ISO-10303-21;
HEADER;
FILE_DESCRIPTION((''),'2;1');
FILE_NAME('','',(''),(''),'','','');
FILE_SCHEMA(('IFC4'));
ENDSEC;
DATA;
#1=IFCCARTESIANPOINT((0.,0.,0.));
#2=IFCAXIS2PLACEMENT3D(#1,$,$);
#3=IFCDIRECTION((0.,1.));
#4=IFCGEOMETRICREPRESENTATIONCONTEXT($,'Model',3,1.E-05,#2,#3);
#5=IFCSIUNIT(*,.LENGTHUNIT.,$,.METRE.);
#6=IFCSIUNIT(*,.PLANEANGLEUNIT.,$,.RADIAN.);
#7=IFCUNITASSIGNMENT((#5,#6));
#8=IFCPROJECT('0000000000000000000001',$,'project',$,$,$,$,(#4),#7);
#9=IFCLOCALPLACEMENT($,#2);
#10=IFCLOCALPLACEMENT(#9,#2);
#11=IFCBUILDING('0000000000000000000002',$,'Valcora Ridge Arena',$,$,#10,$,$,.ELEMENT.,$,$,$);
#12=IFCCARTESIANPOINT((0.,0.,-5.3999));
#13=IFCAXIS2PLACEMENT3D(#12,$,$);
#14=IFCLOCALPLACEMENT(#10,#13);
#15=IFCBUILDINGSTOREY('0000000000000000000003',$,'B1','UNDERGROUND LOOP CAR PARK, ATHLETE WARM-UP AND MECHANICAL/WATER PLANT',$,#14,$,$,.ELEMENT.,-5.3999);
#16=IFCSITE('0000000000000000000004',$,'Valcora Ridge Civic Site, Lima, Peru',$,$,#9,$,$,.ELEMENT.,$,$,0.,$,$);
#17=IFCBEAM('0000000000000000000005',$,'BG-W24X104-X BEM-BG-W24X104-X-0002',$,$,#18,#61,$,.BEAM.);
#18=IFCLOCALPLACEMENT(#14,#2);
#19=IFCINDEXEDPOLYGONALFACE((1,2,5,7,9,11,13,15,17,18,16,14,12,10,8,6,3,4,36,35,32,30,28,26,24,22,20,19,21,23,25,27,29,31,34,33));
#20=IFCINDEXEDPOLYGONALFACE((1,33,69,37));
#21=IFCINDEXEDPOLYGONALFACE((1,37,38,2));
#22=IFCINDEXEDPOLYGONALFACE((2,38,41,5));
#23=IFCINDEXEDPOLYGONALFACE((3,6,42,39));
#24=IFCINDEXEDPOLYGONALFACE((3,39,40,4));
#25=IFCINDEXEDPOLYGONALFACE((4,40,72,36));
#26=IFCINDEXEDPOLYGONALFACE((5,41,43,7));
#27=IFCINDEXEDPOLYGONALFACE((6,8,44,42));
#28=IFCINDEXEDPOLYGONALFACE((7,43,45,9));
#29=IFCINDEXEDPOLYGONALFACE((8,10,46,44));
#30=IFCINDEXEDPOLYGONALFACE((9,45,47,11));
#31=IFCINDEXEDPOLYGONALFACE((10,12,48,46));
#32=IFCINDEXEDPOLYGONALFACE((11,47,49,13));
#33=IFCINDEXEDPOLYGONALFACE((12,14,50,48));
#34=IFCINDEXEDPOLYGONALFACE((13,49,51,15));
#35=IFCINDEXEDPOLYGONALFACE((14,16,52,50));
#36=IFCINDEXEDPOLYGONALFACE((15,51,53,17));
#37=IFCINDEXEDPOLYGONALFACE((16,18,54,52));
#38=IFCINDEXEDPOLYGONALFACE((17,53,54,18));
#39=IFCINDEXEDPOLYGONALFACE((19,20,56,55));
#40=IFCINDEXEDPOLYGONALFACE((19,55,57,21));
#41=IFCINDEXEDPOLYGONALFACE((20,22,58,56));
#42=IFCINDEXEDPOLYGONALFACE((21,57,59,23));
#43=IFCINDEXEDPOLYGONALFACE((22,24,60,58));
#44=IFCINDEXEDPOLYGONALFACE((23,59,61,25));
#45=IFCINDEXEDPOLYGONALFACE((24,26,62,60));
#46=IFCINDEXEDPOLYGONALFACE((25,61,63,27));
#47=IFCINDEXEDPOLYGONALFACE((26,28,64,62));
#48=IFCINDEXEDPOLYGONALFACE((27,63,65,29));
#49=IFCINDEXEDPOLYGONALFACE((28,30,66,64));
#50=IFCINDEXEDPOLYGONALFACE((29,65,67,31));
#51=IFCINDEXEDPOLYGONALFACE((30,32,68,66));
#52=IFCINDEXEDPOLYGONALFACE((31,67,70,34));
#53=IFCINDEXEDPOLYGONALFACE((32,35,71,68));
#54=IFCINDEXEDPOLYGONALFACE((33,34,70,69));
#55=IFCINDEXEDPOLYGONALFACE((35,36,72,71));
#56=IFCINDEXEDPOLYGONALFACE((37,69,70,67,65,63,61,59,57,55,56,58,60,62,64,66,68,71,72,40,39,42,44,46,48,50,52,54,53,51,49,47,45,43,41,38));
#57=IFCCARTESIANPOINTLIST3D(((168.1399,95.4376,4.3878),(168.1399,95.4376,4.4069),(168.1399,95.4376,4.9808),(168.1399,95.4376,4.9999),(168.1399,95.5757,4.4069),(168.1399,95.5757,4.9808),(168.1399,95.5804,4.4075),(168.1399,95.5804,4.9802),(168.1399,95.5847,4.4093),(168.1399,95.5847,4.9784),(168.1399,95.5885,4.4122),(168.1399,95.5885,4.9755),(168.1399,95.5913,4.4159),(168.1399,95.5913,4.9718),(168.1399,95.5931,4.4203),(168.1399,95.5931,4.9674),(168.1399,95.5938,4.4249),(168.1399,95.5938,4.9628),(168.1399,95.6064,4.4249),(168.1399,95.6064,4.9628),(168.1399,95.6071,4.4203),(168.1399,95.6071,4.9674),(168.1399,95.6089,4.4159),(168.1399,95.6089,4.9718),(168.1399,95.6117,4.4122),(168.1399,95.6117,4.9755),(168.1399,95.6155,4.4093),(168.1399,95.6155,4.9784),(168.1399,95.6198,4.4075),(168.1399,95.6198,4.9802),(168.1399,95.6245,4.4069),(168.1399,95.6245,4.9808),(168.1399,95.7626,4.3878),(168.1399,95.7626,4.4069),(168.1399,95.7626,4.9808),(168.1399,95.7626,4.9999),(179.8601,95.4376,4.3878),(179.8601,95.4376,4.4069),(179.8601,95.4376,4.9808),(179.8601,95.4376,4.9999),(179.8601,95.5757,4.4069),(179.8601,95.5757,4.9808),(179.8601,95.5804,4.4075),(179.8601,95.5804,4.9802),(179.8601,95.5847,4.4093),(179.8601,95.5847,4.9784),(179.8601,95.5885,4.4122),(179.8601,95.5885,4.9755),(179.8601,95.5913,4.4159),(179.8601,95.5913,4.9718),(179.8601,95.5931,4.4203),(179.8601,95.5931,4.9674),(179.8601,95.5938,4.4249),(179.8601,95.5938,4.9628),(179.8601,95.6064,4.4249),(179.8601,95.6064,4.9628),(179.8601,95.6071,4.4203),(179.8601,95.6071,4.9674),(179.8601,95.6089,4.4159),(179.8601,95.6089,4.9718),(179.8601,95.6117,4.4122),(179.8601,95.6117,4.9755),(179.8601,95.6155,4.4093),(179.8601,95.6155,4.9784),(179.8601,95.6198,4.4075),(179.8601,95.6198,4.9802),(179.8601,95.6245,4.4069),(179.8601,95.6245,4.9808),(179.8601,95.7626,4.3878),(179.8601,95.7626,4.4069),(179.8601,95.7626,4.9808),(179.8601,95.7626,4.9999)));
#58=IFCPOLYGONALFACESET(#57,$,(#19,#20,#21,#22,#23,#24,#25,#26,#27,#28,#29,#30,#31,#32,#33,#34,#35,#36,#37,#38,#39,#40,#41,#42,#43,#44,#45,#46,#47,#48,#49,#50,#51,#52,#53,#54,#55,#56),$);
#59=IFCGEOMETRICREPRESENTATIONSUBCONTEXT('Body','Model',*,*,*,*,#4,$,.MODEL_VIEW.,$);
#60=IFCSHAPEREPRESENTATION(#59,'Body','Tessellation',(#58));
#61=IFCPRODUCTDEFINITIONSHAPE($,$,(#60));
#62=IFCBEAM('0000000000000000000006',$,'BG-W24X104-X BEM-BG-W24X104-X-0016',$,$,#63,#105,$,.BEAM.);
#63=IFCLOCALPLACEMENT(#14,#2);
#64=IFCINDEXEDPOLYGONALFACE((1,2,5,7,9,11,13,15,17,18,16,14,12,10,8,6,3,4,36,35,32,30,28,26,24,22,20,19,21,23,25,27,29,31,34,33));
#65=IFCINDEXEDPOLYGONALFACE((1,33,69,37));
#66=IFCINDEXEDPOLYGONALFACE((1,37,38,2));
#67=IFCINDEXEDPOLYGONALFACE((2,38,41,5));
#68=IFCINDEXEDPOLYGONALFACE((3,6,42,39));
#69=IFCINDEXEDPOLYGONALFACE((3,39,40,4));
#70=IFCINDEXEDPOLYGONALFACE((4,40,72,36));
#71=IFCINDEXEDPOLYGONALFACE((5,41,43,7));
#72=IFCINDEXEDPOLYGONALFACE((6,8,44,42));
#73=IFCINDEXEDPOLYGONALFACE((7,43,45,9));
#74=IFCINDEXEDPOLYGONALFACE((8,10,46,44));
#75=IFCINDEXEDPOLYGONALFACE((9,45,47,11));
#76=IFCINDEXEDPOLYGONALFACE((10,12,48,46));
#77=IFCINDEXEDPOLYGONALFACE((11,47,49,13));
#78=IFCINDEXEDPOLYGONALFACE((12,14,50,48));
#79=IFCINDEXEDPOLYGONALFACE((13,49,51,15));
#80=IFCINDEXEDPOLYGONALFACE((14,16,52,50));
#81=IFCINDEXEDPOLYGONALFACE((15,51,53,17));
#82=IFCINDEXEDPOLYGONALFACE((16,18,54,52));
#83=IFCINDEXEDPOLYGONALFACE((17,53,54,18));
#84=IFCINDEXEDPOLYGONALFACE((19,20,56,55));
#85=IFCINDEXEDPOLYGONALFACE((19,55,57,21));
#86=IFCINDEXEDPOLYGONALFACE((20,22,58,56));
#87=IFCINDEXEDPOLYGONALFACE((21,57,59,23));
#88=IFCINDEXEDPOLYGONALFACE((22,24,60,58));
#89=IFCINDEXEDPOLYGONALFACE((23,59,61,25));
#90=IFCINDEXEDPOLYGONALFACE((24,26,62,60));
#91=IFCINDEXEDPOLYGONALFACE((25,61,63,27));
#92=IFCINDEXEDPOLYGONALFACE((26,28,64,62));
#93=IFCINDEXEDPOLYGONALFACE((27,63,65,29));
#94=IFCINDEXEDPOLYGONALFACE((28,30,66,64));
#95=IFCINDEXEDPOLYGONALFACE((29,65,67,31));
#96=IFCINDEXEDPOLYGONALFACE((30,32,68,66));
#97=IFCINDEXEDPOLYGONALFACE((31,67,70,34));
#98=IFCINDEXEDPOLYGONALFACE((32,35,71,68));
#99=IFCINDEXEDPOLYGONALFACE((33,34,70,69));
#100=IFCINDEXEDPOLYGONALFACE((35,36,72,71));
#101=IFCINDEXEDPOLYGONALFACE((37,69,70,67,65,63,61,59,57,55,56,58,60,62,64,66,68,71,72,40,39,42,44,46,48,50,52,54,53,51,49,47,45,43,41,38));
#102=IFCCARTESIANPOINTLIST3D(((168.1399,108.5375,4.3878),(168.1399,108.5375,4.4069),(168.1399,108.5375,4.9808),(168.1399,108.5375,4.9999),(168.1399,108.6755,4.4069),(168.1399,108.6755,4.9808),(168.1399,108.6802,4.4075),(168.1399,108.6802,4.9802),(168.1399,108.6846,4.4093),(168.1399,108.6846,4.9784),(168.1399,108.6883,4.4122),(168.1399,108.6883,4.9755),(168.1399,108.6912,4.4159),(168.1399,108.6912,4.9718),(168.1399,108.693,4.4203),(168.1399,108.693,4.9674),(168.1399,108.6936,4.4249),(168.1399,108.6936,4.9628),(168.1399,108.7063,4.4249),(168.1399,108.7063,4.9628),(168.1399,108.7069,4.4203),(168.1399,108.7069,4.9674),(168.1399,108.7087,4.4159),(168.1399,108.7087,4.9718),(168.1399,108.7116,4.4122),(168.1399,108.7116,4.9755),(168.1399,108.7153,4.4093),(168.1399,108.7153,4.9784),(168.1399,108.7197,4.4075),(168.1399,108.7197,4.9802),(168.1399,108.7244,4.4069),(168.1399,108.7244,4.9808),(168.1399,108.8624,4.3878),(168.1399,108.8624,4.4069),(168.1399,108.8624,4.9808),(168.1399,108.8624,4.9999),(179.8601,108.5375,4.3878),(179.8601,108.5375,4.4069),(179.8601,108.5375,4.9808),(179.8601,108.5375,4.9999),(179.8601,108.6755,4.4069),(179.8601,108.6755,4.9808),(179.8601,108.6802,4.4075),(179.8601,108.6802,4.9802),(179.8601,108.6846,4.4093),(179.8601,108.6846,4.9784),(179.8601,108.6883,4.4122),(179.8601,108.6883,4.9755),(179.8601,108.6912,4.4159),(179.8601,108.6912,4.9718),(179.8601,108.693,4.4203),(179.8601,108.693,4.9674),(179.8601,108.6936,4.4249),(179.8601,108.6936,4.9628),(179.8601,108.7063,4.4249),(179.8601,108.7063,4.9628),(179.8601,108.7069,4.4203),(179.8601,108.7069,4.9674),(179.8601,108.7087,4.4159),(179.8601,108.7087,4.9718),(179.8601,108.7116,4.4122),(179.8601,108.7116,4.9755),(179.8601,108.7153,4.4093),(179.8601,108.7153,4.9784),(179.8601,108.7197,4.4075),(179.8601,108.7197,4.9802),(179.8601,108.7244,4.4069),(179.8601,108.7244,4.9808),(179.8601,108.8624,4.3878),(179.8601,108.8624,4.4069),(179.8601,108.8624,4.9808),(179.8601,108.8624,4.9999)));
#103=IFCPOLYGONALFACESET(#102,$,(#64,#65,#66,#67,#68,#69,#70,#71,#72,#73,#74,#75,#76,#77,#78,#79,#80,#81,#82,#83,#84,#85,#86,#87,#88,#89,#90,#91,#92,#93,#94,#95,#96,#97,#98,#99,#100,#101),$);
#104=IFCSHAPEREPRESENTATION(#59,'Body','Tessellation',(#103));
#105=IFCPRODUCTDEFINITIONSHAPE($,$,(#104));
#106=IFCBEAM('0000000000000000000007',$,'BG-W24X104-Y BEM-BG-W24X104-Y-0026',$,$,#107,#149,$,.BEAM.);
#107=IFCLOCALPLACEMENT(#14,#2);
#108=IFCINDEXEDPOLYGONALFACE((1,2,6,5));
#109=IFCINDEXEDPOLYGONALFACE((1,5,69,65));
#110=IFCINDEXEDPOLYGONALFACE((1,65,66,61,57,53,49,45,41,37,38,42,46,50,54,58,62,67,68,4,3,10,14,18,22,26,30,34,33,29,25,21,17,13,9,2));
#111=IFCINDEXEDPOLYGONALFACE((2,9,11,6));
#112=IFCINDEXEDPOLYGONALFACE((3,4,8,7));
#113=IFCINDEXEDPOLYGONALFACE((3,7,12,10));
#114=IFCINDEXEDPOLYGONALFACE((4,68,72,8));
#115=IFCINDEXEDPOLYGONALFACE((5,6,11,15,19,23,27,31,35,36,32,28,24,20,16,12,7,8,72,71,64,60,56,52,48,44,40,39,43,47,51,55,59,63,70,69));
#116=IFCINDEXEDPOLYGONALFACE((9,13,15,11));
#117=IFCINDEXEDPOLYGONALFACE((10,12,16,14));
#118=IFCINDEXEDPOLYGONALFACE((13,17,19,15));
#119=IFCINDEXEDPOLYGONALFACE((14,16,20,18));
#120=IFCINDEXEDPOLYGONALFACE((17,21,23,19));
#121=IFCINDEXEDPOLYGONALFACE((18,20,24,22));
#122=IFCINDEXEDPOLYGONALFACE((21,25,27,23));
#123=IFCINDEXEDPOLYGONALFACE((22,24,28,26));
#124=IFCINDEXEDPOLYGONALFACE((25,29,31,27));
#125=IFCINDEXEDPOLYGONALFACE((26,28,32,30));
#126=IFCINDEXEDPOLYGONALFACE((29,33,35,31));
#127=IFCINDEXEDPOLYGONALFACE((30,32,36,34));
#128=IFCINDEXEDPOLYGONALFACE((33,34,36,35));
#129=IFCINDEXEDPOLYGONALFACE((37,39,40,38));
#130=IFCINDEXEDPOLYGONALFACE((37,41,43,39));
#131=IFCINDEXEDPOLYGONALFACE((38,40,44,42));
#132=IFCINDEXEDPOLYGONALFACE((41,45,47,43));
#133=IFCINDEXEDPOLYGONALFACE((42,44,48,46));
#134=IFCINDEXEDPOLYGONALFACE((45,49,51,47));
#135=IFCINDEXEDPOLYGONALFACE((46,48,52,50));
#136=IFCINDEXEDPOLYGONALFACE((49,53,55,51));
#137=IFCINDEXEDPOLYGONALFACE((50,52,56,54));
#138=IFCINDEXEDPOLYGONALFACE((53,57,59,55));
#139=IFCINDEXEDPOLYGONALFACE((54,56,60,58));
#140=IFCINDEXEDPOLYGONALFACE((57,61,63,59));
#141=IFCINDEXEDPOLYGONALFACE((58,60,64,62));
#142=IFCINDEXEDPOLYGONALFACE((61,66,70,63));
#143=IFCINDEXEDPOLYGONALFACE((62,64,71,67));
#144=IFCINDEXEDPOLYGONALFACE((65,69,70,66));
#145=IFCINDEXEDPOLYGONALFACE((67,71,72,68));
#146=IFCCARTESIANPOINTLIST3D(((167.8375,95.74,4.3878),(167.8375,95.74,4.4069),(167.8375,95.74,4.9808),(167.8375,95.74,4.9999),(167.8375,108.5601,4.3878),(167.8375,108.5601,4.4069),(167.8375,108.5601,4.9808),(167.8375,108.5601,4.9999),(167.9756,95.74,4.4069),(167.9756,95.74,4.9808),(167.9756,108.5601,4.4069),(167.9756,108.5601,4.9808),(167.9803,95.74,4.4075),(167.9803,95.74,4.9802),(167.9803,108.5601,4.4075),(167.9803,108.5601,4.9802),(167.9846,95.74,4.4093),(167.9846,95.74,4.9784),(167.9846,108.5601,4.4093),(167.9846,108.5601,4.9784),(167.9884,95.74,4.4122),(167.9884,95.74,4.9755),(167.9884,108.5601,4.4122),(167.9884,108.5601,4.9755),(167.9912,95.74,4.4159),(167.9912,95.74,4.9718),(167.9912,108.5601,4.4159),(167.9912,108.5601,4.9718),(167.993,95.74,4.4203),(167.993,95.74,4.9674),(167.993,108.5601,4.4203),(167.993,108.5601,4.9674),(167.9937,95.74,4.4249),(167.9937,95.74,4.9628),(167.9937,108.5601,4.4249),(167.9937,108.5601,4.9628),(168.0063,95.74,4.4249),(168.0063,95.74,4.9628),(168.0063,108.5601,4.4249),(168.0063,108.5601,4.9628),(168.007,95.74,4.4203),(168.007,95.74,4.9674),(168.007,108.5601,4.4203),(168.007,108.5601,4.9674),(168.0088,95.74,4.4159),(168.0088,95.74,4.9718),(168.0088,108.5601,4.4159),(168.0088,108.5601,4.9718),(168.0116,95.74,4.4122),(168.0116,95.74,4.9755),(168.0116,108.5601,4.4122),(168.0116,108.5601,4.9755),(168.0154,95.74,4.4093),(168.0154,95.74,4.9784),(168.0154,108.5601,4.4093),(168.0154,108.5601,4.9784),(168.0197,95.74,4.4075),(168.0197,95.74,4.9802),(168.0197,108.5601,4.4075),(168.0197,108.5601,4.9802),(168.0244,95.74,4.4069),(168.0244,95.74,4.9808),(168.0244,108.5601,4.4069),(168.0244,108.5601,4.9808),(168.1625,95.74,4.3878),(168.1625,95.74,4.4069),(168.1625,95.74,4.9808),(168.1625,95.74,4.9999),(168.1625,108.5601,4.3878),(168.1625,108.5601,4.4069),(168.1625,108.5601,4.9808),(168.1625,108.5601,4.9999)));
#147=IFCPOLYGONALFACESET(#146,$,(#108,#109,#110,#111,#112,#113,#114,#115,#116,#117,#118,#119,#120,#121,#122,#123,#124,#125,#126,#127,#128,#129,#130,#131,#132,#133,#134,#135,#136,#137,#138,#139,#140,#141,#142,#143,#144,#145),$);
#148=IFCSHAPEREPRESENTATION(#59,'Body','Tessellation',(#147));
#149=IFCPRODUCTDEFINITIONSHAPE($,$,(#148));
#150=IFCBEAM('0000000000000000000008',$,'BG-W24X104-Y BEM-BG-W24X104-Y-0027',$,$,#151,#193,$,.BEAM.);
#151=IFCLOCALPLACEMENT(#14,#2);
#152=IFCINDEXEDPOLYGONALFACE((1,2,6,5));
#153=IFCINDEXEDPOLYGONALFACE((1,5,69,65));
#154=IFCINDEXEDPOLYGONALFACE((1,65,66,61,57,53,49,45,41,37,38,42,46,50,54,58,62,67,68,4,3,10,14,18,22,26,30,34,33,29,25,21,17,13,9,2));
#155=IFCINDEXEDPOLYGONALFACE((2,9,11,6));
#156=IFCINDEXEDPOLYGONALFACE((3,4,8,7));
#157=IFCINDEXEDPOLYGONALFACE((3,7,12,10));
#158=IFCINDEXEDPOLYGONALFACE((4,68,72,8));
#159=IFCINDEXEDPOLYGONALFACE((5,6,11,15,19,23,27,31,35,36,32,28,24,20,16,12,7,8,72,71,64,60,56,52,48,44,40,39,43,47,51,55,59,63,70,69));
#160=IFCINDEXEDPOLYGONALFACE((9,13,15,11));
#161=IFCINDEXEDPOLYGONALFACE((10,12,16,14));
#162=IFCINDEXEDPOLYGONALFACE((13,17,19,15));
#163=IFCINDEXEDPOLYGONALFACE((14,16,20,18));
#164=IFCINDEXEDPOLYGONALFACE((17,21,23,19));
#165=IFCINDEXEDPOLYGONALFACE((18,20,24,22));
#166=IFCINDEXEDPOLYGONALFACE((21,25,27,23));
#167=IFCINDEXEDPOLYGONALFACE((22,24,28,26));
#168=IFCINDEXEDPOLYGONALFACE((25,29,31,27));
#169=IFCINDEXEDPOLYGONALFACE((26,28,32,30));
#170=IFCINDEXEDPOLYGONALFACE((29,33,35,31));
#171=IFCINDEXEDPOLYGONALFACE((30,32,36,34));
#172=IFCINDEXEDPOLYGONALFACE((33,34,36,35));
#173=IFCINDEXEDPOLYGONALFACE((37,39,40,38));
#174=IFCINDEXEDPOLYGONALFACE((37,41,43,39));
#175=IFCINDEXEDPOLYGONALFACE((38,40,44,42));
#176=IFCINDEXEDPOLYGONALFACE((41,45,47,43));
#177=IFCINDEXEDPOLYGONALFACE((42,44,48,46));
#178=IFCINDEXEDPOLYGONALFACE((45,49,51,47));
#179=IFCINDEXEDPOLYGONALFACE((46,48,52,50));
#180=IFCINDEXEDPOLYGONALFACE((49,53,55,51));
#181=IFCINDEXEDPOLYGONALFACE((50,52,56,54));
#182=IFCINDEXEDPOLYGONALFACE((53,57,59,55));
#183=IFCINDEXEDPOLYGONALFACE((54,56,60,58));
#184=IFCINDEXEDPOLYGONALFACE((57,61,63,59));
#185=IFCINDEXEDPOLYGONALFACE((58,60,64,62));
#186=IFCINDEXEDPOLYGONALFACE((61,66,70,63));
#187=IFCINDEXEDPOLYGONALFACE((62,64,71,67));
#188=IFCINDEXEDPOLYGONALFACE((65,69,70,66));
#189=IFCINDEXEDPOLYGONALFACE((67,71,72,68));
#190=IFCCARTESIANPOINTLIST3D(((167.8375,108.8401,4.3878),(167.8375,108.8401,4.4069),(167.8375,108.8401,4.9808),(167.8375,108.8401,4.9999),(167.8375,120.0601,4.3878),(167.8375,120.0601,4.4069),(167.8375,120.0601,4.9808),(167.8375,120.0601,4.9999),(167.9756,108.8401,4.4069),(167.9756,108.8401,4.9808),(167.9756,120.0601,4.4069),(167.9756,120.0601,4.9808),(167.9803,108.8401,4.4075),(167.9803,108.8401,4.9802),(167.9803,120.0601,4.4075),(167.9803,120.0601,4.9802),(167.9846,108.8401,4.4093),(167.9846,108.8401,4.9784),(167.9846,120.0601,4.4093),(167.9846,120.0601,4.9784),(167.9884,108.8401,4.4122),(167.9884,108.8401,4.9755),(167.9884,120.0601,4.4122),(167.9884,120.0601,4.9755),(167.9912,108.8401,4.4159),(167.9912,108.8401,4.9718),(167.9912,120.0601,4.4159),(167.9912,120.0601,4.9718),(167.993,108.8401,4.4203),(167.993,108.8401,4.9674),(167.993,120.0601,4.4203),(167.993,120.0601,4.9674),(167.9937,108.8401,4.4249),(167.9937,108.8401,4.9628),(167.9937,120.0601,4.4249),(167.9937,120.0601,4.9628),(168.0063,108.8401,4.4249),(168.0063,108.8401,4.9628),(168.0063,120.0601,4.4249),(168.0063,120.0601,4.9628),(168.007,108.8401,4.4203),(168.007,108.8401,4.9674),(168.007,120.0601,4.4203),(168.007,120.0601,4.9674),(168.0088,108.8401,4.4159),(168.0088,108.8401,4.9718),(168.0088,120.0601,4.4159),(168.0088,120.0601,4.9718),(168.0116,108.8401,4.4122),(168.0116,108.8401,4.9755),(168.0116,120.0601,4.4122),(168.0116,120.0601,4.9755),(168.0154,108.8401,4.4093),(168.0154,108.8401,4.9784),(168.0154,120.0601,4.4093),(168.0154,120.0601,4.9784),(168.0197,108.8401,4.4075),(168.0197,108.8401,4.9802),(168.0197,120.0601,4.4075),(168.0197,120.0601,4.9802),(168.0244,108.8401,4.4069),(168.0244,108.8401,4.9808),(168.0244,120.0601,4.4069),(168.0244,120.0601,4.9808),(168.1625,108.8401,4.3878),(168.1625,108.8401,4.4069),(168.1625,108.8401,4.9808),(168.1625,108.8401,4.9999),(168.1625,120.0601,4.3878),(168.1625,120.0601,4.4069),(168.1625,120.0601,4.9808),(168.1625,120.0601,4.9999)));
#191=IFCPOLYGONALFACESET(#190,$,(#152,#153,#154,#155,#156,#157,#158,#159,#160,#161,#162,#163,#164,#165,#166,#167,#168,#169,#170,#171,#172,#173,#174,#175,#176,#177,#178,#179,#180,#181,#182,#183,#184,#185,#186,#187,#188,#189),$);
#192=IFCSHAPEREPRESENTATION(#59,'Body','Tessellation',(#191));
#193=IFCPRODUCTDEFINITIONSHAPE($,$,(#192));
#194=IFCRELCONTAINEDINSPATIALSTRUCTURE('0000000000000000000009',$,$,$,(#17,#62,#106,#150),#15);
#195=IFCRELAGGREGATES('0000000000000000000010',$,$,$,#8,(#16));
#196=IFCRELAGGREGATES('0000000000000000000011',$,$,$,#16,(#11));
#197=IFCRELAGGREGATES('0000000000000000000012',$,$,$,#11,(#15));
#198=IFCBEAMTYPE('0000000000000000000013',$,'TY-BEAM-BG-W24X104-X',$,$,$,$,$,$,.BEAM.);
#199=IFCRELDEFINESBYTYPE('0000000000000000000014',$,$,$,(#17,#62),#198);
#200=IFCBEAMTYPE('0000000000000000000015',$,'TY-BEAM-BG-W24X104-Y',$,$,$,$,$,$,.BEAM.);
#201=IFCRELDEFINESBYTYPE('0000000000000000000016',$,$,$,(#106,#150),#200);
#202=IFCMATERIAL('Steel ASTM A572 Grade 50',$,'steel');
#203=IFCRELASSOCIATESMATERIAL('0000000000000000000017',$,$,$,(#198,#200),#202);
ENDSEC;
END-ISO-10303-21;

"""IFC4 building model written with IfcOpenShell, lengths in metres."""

from ifc_helpers import new_model, si_unit, direction, frame, origin, origin_2d, place, context, subcontext, project, spatial, i_section, extrude, material, material_profile, profile_set, type_object, element, save


model = new_model("IFC4")

# Units and contexts
model_context = context("Model", 3, precision=1e-05, world=origin(), true_north=direction((0.0, 1.0)))
body_context = subcontext(model_context, "Body", "Model", "MODEL_VIEW")
ifc_project = project(units=[si_unit("LENGTHUNIT", "METRE"), si_unit("PLANEANGLEUNIT", "RADIAN")], contexts=[model_context])

# Site, building, storey
site_placement = place(None, origin())
site = spatial("IfcSite", under=ifc_project, at=site_placement, Name="Valcora Ridge Civic Site, Lima, Peru", CompositionType="ELEMENT", RefElevation=0.0)
building_placement = place(site_placement, origin())
building = spatial("IfcBuilding", under=site, at=building_placement, Name="Valcora Ridge Arena", CompositionType="ELEMENT")
storey_placement = place(building_placement, frame((0.0, 0.0, -5.3999)))
storey = spatial("IfcBuildingStorey", under=building, at=storey_placement, Name="B1", Description="UNDERGROUND LOOP CAR PARK, ATHLETE WARM-UP AND MECHANICAL/WATER PLANT", CompositionType="ELEMENT", Elevation=-5.3999)

# Beams
ifc_material_1 = material(Name="Steel ASTM A572 Grade 50", Category="steel")
ifc_material_profile_1 = material_profile(ifc_material_1, i_section(OverallWidth=0.325, OverallDepth=0.6121, WebThickness=0.0127, FlangeThickness=0.019, FilletRadius=0.0181, at=origin_2d()), Name="W24X104")
ifc_profile_set_1 = profile_set([ifc_material_profile_1], Name="Steel ASTM A572 Grade 50")
beam_type_1 = type_object("IfcBeamType", Name="TY-BEAM-BG-W24X104-X", PredefinedType="BEAM", material=ifc_profile_set_1)
for number, where, z_axis, x_axis, name in (
    (1, (168.1399, 95.6001, 4.6938), (1.0, 0.0, 0.0), (0.0, 1.0, 0.0), "BG-W24X104-X BEM-BG-W24X104-X-0002"),
    (2, (168.1399, 108.7, 4.6938), (1.0, 0.0, 0.0), (0.0, 1.0, 0.0), "BG-W24X104-X BEM-BG-W24X104-X-0016"),
):
    element("IfcBeam", number, at=place(storey_placement, frame(where, z_axis=z_axis, x_axis=x_axis)), inside=storey, type_object=beam_type_1, Name=name, PredefinedType="BEAM", context=body_context, shape_type="SweptSolid", body=[
        extrude(i_section(OverallWidth=0.325, OverallDepth=0.6121, WebThickness=0.0127, FlangeThickness=0.019, FilletRadius=0.0181, at=origin_2d()), origin(), (0.0, 0.0, 1.0), 11.7202),
    ])
ifc_material_profile_2 = material_profile(ifc_material_1, i_section(OverallWidth=0.325, OverallDepth=0.6121, WebThickness=0.0127, FlangeThickness=0.019, FilletRadius=0.0181, at=origin_2d()), Name="W24X104")
ifc_profile_set_2 = profile_set([ifc_material_profile_2], Name="Steel ASTM A572 Grade 50")
beam_type_2 = type_object("IfcBeamType", Name="TY-BEAM-BG-W24X104-Y", PredefinedType="BEAM", material=ifc_profile_set_2)
beam_1_placement = place(storey_placement, frame((168.0, 95.74, 4.6938), z_axis=(0.0, 1.0, 0.0), x_axis=(-1.0, 0.0, 0.0)))
element("IfcBeam", 3, at=beam_1_placement, inside=storey, type_object=beam_type_2, Name="BG-W24X104-Y BEM-BG-W24X104-Y-0026", PredefinedType="BEAM", context=body_context, shape_type="SweptSolid", body=[
    extrude(i_section(OverallWidth=0.325, OverallDepth=0.6121, WebThickness=0.0127, FlangeThickness=0.019, FilletRadius=0.0181, at=origin_2d()), origin(), (0.0, 0.0, 1.0), 12.8201),
])
beam_2_placement = place(storey_placement, frame((168.0, 108.8401, 4.6938), z_axis=(0.0, 1.0, 0.0), x_axis=(-1.0, 0.0, 0.0)))
element("IfcBeam", 4, at=beam_2_placement, inside=storey, type_object=beam_type_2, Name="BG-W24X104-Y BEM-BG-W24X104-Y-0027", PredefinedType="BEAM", context=body_context, shape_type="SweptSolid", body=[
    extrude(i_section(OverallWidth=0.325, OverallDepth=0.6121, WebThickness=0.0127, FlangeThickness=0.019, FilletRadius=0.0181, at=origin_2d()), origin(), (0.0, 0.0, 1.0), 11.22),
])

save(model, "model.ifc")
